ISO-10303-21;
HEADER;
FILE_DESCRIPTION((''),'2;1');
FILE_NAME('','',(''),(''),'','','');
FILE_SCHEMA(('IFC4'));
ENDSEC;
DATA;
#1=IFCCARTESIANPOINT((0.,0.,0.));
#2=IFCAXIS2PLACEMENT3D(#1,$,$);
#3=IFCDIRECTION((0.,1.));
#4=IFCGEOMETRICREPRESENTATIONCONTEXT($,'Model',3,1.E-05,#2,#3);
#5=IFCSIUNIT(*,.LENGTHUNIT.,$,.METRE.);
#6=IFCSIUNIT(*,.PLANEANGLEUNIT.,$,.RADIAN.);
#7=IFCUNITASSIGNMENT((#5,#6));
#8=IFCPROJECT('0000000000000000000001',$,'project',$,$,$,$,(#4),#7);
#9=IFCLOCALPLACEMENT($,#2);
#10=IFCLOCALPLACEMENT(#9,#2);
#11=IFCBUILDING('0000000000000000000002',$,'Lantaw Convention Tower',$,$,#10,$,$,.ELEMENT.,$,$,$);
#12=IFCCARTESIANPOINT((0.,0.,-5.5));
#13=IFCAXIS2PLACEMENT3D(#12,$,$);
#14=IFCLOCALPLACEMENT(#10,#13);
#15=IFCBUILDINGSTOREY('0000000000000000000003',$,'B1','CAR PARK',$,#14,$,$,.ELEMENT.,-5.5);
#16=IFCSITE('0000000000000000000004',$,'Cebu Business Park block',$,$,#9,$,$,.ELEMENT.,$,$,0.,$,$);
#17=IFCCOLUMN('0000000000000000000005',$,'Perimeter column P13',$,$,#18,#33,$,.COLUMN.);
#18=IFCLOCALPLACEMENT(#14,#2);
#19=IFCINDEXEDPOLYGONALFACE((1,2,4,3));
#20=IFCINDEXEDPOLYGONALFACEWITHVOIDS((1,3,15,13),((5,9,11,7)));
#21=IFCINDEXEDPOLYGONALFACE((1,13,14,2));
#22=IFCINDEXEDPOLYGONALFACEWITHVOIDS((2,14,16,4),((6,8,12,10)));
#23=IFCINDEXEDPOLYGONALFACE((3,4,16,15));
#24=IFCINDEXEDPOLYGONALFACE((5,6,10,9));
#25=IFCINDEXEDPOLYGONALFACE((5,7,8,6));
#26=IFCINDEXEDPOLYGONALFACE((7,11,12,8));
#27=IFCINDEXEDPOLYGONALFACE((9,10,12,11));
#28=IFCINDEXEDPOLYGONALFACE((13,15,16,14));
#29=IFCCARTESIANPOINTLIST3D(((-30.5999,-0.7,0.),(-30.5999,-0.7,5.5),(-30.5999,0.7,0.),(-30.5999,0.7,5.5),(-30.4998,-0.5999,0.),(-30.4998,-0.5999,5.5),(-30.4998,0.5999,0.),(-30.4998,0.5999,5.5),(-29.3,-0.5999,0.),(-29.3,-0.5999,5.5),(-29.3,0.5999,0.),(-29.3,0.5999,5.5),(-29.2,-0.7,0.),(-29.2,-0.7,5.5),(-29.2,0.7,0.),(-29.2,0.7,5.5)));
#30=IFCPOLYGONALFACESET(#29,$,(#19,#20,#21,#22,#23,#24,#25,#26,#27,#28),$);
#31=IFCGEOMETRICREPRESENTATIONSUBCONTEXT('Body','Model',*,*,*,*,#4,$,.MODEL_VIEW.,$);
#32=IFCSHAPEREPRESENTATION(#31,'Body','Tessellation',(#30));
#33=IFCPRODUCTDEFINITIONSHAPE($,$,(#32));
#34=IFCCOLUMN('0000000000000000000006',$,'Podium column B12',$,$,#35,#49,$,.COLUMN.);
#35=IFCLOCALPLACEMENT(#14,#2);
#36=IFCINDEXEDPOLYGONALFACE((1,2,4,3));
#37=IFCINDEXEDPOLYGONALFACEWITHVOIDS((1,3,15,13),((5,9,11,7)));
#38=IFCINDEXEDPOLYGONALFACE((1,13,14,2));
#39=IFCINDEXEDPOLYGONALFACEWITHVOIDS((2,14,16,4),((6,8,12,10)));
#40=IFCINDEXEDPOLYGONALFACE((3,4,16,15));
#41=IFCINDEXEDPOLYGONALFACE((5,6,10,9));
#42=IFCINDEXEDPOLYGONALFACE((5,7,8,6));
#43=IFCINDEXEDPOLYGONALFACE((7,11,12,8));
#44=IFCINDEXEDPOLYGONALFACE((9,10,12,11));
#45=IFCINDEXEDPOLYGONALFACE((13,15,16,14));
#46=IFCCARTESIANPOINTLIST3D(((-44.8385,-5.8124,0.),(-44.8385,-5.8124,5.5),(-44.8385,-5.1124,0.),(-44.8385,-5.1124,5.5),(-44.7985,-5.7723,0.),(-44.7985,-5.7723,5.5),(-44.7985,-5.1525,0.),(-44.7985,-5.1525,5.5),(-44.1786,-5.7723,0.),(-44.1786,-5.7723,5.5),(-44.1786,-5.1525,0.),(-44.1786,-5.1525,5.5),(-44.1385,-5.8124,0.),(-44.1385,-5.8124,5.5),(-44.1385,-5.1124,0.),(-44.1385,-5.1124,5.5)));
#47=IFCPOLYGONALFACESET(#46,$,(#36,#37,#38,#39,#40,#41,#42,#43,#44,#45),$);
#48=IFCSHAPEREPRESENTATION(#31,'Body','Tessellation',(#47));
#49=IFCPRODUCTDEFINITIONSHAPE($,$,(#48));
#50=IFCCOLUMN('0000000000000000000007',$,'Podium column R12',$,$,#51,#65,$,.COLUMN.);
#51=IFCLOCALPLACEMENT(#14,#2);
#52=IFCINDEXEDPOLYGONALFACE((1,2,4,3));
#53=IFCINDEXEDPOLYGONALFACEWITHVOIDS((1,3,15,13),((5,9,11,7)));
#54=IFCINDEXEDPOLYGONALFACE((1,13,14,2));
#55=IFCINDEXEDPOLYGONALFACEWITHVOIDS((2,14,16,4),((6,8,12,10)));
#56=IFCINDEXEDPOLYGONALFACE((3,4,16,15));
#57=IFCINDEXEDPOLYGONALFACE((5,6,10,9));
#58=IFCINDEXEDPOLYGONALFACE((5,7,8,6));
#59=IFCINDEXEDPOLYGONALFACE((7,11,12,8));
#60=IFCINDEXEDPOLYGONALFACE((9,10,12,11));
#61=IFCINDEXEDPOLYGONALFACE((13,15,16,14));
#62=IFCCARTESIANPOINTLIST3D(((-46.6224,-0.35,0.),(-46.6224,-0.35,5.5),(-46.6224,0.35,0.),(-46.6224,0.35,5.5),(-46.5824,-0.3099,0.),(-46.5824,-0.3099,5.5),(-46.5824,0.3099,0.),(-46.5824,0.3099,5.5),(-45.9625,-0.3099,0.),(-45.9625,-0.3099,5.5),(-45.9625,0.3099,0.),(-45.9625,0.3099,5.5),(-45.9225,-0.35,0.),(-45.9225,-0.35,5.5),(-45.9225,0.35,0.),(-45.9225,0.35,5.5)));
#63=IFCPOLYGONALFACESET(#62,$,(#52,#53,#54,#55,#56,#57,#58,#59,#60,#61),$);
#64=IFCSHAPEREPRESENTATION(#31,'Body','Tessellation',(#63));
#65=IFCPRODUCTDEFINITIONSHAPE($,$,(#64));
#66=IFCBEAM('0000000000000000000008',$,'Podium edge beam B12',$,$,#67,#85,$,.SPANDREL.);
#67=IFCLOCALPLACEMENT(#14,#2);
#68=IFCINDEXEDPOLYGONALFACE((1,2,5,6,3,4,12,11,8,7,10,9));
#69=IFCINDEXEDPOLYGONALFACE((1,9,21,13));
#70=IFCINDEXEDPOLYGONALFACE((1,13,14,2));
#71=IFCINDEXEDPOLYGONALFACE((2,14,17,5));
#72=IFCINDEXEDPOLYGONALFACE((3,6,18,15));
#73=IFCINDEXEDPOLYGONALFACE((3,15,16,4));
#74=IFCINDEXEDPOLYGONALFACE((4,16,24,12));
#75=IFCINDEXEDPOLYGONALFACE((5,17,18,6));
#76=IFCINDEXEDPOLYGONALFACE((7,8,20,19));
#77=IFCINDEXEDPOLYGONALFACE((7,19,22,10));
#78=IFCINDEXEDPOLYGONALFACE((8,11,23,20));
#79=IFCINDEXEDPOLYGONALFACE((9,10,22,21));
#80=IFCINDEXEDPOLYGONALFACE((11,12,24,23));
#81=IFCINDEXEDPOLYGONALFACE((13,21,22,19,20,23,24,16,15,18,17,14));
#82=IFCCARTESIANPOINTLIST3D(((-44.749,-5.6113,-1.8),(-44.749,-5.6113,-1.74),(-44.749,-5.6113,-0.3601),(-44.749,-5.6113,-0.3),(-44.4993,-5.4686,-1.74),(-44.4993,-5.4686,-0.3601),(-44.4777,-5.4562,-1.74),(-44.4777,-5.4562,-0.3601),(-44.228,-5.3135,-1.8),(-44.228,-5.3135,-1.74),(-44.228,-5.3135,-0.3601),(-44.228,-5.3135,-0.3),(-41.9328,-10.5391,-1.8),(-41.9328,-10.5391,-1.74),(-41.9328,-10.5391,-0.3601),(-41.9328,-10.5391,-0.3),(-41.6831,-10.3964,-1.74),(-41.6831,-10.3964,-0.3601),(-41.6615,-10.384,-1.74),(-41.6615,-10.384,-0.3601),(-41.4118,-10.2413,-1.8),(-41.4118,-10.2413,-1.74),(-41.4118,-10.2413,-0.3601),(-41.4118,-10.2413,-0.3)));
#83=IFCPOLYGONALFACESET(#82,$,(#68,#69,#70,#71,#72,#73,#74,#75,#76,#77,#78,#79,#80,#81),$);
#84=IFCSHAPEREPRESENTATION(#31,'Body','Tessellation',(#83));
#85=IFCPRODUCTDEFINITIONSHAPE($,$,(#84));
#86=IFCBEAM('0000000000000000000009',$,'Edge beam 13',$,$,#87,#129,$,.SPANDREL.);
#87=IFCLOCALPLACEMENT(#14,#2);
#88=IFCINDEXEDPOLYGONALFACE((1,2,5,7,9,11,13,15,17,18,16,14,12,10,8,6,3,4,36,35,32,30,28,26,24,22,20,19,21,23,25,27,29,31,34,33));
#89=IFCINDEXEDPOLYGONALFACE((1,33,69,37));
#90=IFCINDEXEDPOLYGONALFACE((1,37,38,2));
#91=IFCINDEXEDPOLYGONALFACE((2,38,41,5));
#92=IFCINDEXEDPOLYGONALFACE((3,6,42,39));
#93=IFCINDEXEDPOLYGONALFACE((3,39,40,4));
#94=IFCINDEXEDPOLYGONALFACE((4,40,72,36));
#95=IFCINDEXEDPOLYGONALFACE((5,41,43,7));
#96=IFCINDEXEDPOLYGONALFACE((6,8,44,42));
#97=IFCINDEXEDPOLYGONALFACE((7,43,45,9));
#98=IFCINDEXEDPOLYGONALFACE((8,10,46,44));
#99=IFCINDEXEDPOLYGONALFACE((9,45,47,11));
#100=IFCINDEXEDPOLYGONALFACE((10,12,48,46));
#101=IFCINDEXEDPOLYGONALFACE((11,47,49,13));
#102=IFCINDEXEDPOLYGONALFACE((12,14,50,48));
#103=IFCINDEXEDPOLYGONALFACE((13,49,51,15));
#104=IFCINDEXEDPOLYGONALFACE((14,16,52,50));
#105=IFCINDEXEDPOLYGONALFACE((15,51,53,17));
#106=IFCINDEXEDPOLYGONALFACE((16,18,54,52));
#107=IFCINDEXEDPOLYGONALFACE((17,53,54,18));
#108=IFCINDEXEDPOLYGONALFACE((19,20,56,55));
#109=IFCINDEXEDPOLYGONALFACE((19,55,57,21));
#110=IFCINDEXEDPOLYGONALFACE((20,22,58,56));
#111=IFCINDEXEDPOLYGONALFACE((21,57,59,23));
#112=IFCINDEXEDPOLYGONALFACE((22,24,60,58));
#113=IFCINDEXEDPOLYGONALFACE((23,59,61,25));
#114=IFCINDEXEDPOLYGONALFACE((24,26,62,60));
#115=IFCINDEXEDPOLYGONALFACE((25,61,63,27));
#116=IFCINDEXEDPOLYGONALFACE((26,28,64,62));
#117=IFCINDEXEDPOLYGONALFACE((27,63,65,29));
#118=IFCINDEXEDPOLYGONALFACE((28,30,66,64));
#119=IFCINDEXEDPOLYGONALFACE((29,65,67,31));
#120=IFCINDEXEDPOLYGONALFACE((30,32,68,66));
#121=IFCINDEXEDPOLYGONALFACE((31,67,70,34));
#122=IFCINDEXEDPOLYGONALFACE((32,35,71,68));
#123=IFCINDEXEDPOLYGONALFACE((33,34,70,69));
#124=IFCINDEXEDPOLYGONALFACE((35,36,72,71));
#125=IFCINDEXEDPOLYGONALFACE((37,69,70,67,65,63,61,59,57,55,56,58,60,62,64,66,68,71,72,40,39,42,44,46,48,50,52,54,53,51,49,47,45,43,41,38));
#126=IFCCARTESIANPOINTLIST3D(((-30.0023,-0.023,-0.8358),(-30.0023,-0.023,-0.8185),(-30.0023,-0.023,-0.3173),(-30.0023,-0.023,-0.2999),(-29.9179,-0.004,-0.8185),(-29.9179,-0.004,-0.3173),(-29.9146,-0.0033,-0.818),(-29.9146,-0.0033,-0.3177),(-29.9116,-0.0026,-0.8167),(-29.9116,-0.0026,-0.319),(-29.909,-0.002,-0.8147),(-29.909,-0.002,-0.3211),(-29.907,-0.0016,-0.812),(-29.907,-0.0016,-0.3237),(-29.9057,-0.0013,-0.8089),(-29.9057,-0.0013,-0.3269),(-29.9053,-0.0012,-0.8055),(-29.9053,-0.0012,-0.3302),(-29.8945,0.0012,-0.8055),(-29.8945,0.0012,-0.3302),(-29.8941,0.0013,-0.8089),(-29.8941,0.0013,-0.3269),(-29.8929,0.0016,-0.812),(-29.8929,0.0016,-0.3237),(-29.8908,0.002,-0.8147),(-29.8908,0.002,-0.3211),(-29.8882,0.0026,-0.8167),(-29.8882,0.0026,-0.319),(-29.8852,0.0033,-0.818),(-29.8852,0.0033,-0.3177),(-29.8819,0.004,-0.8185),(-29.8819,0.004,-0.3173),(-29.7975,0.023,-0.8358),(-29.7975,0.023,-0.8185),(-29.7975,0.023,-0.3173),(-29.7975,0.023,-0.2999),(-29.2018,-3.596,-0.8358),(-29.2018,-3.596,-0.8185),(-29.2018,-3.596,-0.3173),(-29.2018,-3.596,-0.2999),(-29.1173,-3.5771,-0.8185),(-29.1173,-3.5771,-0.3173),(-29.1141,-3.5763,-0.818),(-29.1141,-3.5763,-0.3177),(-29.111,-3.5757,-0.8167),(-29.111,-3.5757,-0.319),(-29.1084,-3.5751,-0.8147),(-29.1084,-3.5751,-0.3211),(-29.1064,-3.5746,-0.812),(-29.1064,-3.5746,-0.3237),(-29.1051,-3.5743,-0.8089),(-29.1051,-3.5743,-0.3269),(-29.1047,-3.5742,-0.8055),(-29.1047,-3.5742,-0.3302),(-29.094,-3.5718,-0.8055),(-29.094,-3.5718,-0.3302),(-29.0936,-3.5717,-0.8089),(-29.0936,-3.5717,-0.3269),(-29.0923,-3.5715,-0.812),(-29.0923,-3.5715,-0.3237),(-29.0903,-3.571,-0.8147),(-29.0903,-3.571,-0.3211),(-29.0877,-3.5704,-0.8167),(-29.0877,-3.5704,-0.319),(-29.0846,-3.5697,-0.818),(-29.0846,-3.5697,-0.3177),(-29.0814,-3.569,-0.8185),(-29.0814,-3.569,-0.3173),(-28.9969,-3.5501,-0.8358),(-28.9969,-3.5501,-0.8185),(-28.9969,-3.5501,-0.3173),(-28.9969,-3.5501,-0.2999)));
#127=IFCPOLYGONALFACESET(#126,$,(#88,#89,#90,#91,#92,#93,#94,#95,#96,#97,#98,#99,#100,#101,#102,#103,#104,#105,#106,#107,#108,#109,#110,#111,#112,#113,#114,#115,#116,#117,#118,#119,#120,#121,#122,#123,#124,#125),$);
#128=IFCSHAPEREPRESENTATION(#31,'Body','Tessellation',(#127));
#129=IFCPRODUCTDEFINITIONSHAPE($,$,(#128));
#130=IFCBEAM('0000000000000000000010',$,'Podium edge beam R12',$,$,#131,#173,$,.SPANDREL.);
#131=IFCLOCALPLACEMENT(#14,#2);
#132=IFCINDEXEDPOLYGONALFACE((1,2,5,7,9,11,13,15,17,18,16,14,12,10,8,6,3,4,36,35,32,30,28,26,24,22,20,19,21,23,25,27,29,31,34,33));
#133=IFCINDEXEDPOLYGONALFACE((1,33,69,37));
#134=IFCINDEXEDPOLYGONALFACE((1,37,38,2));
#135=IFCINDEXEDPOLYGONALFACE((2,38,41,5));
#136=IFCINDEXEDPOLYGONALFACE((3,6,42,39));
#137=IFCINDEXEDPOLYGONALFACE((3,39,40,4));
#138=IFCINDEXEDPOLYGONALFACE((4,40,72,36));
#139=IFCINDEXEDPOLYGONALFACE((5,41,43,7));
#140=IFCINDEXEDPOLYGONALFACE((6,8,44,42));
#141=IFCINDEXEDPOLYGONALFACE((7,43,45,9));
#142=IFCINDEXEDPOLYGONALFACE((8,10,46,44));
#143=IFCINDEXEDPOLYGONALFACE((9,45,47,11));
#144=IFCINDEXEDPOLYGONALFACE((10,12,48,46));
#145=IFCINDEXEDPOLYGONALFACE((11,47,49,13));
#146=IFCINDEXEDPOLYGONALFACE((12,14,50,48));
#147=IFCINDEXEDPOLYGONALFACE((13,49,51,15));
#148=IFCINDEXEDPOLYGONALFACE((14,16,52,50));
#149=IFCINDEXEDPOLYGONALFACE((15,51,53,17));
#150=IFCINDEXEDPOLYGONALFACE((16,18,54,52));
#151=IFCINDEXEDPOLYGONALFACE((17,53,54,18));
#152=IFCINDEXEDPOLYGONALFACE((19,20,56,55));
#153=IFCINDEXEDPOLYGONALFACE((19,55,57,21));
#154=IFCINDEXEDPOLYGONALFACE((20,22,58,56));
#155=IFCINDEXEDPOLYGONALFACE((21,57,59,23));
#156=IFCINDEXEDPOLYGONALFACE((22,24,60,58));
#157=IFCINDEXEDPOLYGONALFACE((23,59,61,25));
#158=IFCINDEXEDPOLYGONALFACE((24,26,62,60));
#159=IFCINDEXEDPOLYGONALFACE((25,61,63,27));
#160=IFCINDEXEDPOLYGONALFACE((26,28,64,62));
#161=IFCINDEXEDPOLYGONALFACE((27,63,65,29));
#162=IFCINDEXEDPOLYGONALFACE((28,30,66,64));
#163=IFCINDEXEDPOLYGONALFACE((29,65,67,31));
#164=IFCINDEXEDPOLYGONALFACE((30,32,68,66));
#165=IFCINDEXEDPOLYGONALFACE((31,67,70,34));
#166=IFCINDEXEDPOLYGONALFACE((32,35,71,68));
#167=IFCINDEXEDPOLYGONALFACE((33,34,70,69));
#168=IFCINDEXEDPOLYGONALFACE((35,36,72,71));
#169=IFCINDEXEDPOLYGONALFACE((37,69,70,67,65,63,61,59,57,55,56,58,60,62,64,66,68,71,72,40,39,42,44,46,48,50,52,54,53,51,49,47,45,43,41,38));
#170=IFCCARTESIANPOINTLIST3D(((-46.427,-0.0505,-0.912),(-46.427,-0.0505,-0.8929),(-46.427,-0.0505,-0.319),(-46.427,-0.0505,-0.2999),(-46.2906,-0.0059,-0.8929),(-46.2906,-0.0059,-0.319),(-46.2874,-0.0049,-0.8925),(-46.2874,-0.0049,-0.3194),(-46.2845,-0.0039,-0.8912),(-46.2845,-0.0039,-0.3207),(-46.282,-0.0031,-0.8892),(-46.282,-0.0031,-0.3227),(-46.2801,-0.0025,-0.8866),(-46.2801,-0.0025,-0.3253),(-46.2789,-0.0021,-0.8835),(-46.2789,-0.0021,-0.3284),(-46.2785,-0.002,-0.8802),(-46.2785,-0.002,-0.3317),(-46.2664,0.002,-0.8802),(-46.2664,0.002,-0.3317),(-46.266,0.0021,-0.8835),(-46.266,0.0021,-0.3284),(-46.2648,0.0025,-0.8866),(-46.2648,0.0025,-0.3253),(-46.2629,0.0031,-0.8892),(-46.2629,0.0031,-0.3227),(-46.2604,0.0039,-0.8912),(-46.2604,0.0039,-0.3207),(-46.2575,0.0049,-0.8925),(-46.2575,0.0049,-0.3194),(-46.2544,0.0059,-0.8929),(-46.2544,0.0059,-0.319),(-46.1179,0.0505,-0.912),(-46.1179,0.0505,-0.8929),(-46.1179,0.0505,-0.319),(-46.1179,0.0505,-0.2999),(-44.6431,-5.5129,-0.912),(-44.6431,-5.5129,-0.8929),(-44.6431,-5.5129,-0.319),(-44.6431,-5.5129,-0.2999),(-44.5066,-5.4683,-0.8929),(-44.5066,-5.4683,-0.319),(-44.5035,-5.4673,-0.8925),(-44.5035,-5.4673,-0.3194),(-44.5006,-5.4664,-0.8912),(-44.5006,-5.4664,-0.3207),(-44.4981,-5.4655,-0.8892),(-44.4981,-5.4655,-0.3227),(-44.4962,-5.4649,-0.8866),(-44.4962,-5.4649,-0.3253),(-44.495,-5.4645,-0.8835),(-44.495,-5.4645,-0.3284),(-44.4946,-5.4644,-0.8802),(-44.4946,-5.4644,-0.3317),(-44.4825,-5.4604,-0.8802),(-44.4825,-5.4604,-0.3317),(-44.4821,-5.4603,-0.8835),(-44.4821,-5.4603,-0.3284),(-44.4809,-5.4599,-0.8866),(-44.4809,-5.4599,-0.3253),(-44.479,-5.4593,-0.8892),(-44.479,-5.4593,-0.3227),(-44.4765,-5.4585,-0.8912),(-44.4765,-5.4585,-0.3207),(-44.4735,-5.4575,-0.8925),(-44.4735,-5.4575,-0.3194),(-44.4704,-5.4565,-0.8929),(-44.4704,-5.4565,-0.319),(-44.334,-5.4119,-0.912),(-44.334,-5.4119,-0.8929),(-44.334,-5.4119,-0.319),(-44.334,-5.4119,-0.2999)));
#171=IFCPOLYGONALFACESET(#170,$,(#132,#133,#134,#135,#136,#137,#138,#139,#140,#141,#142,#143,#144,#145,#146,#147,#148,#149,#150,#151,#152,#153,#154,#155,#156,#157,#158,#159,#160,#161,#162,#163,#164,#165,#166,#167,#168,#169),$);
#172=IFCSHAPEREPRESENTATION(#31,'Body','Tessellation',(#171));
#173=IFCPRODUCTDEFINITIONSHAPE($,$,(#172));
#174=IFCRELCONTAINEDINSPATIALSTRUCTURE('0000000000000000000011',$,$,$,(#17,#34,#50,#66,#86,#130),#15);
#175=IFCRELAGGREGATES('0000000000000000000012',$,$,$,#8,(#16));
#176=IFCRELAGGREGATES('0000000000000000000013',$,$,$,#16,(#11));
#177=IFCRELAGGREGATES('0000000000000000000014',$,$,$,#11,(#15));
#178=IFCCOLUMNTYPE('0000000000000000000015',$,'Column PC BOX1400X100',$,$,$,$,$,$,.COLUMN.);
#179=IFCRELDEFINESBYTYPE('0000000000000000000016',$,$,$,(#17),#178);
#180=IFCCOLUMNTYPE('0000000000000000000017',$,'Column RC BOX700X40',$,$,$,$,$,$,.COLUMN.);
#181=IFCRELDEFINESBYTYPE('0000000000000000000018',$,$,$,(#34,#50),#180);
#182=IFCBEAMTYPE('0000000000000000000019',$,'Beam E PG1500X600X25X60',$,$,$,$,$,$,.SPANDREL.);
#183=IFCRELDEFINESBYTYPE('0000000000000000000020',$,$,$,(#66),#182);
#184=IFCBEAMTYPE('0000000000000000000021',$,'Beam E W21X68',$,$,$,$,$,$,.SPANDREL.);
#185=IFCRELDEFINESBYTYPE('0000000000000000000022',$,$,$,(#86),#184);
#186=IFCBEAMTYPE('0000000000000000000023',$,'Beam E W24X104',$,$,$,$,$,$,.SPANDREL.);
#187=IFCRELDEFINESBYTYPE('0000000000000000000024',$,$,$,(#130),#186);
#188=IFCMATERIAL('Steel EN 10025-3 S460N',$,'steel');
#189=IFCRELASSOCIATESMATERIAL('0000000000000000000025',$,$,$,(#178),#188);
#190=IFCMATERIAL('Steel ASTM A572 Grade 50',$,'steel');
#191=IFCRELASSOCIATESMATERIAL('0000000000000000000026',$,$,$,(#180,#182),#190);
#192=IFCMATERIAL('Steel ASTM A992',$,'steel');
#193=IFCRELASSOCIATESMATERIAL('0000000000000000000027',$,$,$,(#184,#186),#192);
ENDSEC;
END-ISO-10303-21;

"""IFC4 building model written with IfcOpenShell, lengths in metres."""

from ifc_helpers import new_model, si_unit, direction, frame, origin, origin_2d, place, context, subcontext, project, spatial, rectangle, hollow_rectangle, i_section, extrude, material, material_profile, profile_set, type_object, element, save


model = new_model("IFC4")

# Units and contexts
model_context = context("Model", 3, precision=1e-05, world=origin(), true_north=direction((0.0, 1.0)))
body_context = subcontext(model_context, "Body", "Model", "MODEL_VIEW")
ifc_project = project(units=[si_unit("LENGTHUNIT", "METRE"), si_unit("PLANEANGLEUNIT", "RADIAN")], contexts=[model_context])

# Site, building, storey
site_placement = place(None, origin())
site = spatial("IfcSite", under=ifc_project, at=site_placement, Name="Cebu Business Park block", CompositionType="ELEMENT", RefElevation=0.0)
building_placement = place(site_placement, origin())
building = spatial("IfcBuilding", under=site, at=building_placement, Name="Lantaw Convention Tower", CompositionType="ELEMENT")
storey_placement = place(building_placement, frame((0.0, 0.0, -5.5)))
storey = spatial("IfcBuildingStorey", under=building, at=storey_placement, Name="B1", Description="CAR PARK", CompositionType="ELEMENT", Elevation=-5.5)

# Columns
ifc_material_1 = material(Name="Steel EN 10025-3 S460N", Category="steel")
ifc_material_profile_1 = material_profile(ifc_material_1, hollow_rectangle(XDim=1.3999, YDim=1.3999, WallThickness=0.1001, at=origin_2d()), Name="BOX1400X100")
ifc_material_2 = material(Name="Concrete C60/75", Category="concrete")
ifc_material_profile_2 = material_profile(ifc_material_2, rectangle(XDim=1.2, YDim=1.2, at=origin_2d()), Name="Concrete fill of BOX1400X100")
ifc_profile_set_1 = profile_set([ifc_material_profile_1, ifc_material_profile_2], Name="Steel EN 10025-3 S460N")
column_type_1 = type_object("IfcColumnType", Name="Column PC BOX1400X100", PredefinedType="COLUMN", material=ifc_profile_set_1)
column_placement = place(storey_placement, frame((-29.8999, 0.0, 0.0), z_axis=(0.0, 0.0, 1.0), x_axis=(1.0, 0.0, 0.0)))
element("IfcColumn", 1, at=column_placement, inside=storey, type_object=column_type_1, Name="Perimeter column P13", PredefinedType="COLUMN", context=body_context, shape_type="SweptSolid", body=[
    extrude(hollow_rectangle(XDim=1.3999, YDim=1.3999, WallThickness=0.1001, at=origin_2d()), origin(), (0.0, 0.0, 1.0), 5.5),
])
ifc_material_3 = material(Name="Steel ASTM A572 Grade 50", Category="steel")
ifc_material_profile_3 = material_profile(ifc_material_3, hollow_rectangle(XDim=0.7, YDim=0.7, WallThickness=0.04, at=origin_2d()), Name="BOX700X40")
ifc_profile_set_2 = profile_set([ifc_material_profile_3], Name="Steel ASTM A572 Grade 50")
column_type_2 = type_object("IfcColumnType", Name="Column RC BOX700X40", PredefinedType="COLUMN", material=ifc_profile_set_2)
for number, where, z_axis, x_axis, name in (
    (2, (-44.4885, -5.4624, 0.0), (0.0, 0.0, 1.0), (1.0, 0.0, 0.0), "Podium column B12"),
    (3, (-46.2725, 0.0, 0.0), (0.0, 0.0, 1.0), (1.0, 0.0, 0.0), "Podium column R12"),
):
    element("IfcColumn", number, at=place(storey_placement, frame(where, z_axis=z_axis, x_axis=x_axis)), inside=storey, type_object=column_type_2, Name=name, PredefinedType="COLUMN", context=body_context, shape_type="SweptSolid", body=[
        extrude(hollow_rectangle(XDim=0.7, YDim=0.7, WallThickness=0.04, at=origin_2d()), origin(), (0.0, 0.0, 1.0), 5.5),
    ])

# Beams
ifc_material_profile_4 = material_profile(ifc_material_3, i_section(OverallWidth=0.6001, OverallDepth=1.5, WebThickness=0.0249, FlangeThickness=0.0601, at=origin_2d()), Name="PG1500X600X25X60")
ifc_profile_set_3 = profile_set([ifc_material_profile_4], Name="Steel ASTM A572 Grade 50")
beam_type_1 = type_object("IfcBeamType", Name="Beam E PG1500X600X25X60", PredefinedType="SPANDREL", material=ifc_profile_set_3)
beam_1_placement = place(storey_placement, frame((-44.4885, -5.4624, -1.05), z_axis=(0.496181, -0.868219, 0.0), x_axis=(0.868219, 0.496181, 0.0)))
element("IfcBeam", 4, at=beam_1_placement, inside=storey, type_object=beam_type_1, Name="Podium edge beam B12", PredefinedType="SPANDREL", context=body_context, shape_type="SweptSolid", body=[
    extrude(i_section(OverallWidth=0.6001, OverallDepth=1.5, WebThickness=0.0249, FlangeThickness=0.0601, at=origin_2d()), origin(), (0.0, 0.0, 1.0), 5.6758),
])
ifc_material_4 = material(Name="Steel ASTM A992", Category="steel")
ifc_material_profile_5 = material_profile(ifc_material_4, i_section(OverallWidth=0.21, OverallDepth=0.5359, WebThickness=0.011, FlangeThickness=0.0173, FilletRadius=0.0129, at=origin_2d()), Name="W21X68")
ifc_profile_set_4 = profile_set([ifc_material_profile_5], Name="Steel ASTM A992")
beam_type_2 = type_object("IfcBeamType", Name="Beam E W21X68", PredefinedType="SPANDREL", material=ifc_profile_set_4)
beam_2_placement = place(storey_placement, frame((-29.8999, 0.0, -0.5679), z_axis=(0.218632, -0.975807, 0.0), x_axis=(0.975807, 0.218632, 0.0)))
element("IfcBeam", 5, at=beam_2_placement, inside=storey, type_object=beam_type_2, Name="Edge beam 13", PredefinedType="SPANDREL", context=body_context, shape_type="SweptSolid", body=[
    extrude(i_section(OverallWidth=0.21, OverallDepth=0.5359, WebThickness=0.011, FlangeThickness=0.0173, FilletRadius=0.0129, at=origin_2d()), origin(), (0.0, 0.0, 1.0), 3.6616),
])
ifc_material_profile_6 = material_profile(ifc_material_4, i_section(OverallWidth=0.3252, OverallDepth=0.6121, WebThickness=0.0127, FlangeThickness=0.019, FilletRadius=0.0127, at=origin_2d()), Name="W24X104")
ifc_profile_set_5 = profile_set([ifc_material_profile_6], Name="Steel ASTM A992")
beam_type_3 = type_object("IfcBeamType", Name="Beam E W24X104", PredefinedType="SPANDREL", material=ifc_profile_set_5)
beam_3_placement = place(storey_placement, frame((-46.2725, 0.0, -0.606), z_axis=(0.310448, -0.95059, 0.0), x_axis=(0.95059, 0.310448, 0.0)))
element("IfcBeam", 6, at=beam_3_placement, inside=storey, type_object=beam_type_3, Name="Podium edge beam R12", PredefinedType="SPANDREL", context=body_context, shape_type="SweptSolid", body=[
    extrude(i_section(OverallWidth=0.3252, OverallDepth=0.6121, WebThickness=0.0127, FlangeThickness=0.019, FilletRadius=0.0127, at=origin_2d()), origin(), (0.0, 0.0, 1.0), 5.7463),
])

save(model, "model.ifc")
